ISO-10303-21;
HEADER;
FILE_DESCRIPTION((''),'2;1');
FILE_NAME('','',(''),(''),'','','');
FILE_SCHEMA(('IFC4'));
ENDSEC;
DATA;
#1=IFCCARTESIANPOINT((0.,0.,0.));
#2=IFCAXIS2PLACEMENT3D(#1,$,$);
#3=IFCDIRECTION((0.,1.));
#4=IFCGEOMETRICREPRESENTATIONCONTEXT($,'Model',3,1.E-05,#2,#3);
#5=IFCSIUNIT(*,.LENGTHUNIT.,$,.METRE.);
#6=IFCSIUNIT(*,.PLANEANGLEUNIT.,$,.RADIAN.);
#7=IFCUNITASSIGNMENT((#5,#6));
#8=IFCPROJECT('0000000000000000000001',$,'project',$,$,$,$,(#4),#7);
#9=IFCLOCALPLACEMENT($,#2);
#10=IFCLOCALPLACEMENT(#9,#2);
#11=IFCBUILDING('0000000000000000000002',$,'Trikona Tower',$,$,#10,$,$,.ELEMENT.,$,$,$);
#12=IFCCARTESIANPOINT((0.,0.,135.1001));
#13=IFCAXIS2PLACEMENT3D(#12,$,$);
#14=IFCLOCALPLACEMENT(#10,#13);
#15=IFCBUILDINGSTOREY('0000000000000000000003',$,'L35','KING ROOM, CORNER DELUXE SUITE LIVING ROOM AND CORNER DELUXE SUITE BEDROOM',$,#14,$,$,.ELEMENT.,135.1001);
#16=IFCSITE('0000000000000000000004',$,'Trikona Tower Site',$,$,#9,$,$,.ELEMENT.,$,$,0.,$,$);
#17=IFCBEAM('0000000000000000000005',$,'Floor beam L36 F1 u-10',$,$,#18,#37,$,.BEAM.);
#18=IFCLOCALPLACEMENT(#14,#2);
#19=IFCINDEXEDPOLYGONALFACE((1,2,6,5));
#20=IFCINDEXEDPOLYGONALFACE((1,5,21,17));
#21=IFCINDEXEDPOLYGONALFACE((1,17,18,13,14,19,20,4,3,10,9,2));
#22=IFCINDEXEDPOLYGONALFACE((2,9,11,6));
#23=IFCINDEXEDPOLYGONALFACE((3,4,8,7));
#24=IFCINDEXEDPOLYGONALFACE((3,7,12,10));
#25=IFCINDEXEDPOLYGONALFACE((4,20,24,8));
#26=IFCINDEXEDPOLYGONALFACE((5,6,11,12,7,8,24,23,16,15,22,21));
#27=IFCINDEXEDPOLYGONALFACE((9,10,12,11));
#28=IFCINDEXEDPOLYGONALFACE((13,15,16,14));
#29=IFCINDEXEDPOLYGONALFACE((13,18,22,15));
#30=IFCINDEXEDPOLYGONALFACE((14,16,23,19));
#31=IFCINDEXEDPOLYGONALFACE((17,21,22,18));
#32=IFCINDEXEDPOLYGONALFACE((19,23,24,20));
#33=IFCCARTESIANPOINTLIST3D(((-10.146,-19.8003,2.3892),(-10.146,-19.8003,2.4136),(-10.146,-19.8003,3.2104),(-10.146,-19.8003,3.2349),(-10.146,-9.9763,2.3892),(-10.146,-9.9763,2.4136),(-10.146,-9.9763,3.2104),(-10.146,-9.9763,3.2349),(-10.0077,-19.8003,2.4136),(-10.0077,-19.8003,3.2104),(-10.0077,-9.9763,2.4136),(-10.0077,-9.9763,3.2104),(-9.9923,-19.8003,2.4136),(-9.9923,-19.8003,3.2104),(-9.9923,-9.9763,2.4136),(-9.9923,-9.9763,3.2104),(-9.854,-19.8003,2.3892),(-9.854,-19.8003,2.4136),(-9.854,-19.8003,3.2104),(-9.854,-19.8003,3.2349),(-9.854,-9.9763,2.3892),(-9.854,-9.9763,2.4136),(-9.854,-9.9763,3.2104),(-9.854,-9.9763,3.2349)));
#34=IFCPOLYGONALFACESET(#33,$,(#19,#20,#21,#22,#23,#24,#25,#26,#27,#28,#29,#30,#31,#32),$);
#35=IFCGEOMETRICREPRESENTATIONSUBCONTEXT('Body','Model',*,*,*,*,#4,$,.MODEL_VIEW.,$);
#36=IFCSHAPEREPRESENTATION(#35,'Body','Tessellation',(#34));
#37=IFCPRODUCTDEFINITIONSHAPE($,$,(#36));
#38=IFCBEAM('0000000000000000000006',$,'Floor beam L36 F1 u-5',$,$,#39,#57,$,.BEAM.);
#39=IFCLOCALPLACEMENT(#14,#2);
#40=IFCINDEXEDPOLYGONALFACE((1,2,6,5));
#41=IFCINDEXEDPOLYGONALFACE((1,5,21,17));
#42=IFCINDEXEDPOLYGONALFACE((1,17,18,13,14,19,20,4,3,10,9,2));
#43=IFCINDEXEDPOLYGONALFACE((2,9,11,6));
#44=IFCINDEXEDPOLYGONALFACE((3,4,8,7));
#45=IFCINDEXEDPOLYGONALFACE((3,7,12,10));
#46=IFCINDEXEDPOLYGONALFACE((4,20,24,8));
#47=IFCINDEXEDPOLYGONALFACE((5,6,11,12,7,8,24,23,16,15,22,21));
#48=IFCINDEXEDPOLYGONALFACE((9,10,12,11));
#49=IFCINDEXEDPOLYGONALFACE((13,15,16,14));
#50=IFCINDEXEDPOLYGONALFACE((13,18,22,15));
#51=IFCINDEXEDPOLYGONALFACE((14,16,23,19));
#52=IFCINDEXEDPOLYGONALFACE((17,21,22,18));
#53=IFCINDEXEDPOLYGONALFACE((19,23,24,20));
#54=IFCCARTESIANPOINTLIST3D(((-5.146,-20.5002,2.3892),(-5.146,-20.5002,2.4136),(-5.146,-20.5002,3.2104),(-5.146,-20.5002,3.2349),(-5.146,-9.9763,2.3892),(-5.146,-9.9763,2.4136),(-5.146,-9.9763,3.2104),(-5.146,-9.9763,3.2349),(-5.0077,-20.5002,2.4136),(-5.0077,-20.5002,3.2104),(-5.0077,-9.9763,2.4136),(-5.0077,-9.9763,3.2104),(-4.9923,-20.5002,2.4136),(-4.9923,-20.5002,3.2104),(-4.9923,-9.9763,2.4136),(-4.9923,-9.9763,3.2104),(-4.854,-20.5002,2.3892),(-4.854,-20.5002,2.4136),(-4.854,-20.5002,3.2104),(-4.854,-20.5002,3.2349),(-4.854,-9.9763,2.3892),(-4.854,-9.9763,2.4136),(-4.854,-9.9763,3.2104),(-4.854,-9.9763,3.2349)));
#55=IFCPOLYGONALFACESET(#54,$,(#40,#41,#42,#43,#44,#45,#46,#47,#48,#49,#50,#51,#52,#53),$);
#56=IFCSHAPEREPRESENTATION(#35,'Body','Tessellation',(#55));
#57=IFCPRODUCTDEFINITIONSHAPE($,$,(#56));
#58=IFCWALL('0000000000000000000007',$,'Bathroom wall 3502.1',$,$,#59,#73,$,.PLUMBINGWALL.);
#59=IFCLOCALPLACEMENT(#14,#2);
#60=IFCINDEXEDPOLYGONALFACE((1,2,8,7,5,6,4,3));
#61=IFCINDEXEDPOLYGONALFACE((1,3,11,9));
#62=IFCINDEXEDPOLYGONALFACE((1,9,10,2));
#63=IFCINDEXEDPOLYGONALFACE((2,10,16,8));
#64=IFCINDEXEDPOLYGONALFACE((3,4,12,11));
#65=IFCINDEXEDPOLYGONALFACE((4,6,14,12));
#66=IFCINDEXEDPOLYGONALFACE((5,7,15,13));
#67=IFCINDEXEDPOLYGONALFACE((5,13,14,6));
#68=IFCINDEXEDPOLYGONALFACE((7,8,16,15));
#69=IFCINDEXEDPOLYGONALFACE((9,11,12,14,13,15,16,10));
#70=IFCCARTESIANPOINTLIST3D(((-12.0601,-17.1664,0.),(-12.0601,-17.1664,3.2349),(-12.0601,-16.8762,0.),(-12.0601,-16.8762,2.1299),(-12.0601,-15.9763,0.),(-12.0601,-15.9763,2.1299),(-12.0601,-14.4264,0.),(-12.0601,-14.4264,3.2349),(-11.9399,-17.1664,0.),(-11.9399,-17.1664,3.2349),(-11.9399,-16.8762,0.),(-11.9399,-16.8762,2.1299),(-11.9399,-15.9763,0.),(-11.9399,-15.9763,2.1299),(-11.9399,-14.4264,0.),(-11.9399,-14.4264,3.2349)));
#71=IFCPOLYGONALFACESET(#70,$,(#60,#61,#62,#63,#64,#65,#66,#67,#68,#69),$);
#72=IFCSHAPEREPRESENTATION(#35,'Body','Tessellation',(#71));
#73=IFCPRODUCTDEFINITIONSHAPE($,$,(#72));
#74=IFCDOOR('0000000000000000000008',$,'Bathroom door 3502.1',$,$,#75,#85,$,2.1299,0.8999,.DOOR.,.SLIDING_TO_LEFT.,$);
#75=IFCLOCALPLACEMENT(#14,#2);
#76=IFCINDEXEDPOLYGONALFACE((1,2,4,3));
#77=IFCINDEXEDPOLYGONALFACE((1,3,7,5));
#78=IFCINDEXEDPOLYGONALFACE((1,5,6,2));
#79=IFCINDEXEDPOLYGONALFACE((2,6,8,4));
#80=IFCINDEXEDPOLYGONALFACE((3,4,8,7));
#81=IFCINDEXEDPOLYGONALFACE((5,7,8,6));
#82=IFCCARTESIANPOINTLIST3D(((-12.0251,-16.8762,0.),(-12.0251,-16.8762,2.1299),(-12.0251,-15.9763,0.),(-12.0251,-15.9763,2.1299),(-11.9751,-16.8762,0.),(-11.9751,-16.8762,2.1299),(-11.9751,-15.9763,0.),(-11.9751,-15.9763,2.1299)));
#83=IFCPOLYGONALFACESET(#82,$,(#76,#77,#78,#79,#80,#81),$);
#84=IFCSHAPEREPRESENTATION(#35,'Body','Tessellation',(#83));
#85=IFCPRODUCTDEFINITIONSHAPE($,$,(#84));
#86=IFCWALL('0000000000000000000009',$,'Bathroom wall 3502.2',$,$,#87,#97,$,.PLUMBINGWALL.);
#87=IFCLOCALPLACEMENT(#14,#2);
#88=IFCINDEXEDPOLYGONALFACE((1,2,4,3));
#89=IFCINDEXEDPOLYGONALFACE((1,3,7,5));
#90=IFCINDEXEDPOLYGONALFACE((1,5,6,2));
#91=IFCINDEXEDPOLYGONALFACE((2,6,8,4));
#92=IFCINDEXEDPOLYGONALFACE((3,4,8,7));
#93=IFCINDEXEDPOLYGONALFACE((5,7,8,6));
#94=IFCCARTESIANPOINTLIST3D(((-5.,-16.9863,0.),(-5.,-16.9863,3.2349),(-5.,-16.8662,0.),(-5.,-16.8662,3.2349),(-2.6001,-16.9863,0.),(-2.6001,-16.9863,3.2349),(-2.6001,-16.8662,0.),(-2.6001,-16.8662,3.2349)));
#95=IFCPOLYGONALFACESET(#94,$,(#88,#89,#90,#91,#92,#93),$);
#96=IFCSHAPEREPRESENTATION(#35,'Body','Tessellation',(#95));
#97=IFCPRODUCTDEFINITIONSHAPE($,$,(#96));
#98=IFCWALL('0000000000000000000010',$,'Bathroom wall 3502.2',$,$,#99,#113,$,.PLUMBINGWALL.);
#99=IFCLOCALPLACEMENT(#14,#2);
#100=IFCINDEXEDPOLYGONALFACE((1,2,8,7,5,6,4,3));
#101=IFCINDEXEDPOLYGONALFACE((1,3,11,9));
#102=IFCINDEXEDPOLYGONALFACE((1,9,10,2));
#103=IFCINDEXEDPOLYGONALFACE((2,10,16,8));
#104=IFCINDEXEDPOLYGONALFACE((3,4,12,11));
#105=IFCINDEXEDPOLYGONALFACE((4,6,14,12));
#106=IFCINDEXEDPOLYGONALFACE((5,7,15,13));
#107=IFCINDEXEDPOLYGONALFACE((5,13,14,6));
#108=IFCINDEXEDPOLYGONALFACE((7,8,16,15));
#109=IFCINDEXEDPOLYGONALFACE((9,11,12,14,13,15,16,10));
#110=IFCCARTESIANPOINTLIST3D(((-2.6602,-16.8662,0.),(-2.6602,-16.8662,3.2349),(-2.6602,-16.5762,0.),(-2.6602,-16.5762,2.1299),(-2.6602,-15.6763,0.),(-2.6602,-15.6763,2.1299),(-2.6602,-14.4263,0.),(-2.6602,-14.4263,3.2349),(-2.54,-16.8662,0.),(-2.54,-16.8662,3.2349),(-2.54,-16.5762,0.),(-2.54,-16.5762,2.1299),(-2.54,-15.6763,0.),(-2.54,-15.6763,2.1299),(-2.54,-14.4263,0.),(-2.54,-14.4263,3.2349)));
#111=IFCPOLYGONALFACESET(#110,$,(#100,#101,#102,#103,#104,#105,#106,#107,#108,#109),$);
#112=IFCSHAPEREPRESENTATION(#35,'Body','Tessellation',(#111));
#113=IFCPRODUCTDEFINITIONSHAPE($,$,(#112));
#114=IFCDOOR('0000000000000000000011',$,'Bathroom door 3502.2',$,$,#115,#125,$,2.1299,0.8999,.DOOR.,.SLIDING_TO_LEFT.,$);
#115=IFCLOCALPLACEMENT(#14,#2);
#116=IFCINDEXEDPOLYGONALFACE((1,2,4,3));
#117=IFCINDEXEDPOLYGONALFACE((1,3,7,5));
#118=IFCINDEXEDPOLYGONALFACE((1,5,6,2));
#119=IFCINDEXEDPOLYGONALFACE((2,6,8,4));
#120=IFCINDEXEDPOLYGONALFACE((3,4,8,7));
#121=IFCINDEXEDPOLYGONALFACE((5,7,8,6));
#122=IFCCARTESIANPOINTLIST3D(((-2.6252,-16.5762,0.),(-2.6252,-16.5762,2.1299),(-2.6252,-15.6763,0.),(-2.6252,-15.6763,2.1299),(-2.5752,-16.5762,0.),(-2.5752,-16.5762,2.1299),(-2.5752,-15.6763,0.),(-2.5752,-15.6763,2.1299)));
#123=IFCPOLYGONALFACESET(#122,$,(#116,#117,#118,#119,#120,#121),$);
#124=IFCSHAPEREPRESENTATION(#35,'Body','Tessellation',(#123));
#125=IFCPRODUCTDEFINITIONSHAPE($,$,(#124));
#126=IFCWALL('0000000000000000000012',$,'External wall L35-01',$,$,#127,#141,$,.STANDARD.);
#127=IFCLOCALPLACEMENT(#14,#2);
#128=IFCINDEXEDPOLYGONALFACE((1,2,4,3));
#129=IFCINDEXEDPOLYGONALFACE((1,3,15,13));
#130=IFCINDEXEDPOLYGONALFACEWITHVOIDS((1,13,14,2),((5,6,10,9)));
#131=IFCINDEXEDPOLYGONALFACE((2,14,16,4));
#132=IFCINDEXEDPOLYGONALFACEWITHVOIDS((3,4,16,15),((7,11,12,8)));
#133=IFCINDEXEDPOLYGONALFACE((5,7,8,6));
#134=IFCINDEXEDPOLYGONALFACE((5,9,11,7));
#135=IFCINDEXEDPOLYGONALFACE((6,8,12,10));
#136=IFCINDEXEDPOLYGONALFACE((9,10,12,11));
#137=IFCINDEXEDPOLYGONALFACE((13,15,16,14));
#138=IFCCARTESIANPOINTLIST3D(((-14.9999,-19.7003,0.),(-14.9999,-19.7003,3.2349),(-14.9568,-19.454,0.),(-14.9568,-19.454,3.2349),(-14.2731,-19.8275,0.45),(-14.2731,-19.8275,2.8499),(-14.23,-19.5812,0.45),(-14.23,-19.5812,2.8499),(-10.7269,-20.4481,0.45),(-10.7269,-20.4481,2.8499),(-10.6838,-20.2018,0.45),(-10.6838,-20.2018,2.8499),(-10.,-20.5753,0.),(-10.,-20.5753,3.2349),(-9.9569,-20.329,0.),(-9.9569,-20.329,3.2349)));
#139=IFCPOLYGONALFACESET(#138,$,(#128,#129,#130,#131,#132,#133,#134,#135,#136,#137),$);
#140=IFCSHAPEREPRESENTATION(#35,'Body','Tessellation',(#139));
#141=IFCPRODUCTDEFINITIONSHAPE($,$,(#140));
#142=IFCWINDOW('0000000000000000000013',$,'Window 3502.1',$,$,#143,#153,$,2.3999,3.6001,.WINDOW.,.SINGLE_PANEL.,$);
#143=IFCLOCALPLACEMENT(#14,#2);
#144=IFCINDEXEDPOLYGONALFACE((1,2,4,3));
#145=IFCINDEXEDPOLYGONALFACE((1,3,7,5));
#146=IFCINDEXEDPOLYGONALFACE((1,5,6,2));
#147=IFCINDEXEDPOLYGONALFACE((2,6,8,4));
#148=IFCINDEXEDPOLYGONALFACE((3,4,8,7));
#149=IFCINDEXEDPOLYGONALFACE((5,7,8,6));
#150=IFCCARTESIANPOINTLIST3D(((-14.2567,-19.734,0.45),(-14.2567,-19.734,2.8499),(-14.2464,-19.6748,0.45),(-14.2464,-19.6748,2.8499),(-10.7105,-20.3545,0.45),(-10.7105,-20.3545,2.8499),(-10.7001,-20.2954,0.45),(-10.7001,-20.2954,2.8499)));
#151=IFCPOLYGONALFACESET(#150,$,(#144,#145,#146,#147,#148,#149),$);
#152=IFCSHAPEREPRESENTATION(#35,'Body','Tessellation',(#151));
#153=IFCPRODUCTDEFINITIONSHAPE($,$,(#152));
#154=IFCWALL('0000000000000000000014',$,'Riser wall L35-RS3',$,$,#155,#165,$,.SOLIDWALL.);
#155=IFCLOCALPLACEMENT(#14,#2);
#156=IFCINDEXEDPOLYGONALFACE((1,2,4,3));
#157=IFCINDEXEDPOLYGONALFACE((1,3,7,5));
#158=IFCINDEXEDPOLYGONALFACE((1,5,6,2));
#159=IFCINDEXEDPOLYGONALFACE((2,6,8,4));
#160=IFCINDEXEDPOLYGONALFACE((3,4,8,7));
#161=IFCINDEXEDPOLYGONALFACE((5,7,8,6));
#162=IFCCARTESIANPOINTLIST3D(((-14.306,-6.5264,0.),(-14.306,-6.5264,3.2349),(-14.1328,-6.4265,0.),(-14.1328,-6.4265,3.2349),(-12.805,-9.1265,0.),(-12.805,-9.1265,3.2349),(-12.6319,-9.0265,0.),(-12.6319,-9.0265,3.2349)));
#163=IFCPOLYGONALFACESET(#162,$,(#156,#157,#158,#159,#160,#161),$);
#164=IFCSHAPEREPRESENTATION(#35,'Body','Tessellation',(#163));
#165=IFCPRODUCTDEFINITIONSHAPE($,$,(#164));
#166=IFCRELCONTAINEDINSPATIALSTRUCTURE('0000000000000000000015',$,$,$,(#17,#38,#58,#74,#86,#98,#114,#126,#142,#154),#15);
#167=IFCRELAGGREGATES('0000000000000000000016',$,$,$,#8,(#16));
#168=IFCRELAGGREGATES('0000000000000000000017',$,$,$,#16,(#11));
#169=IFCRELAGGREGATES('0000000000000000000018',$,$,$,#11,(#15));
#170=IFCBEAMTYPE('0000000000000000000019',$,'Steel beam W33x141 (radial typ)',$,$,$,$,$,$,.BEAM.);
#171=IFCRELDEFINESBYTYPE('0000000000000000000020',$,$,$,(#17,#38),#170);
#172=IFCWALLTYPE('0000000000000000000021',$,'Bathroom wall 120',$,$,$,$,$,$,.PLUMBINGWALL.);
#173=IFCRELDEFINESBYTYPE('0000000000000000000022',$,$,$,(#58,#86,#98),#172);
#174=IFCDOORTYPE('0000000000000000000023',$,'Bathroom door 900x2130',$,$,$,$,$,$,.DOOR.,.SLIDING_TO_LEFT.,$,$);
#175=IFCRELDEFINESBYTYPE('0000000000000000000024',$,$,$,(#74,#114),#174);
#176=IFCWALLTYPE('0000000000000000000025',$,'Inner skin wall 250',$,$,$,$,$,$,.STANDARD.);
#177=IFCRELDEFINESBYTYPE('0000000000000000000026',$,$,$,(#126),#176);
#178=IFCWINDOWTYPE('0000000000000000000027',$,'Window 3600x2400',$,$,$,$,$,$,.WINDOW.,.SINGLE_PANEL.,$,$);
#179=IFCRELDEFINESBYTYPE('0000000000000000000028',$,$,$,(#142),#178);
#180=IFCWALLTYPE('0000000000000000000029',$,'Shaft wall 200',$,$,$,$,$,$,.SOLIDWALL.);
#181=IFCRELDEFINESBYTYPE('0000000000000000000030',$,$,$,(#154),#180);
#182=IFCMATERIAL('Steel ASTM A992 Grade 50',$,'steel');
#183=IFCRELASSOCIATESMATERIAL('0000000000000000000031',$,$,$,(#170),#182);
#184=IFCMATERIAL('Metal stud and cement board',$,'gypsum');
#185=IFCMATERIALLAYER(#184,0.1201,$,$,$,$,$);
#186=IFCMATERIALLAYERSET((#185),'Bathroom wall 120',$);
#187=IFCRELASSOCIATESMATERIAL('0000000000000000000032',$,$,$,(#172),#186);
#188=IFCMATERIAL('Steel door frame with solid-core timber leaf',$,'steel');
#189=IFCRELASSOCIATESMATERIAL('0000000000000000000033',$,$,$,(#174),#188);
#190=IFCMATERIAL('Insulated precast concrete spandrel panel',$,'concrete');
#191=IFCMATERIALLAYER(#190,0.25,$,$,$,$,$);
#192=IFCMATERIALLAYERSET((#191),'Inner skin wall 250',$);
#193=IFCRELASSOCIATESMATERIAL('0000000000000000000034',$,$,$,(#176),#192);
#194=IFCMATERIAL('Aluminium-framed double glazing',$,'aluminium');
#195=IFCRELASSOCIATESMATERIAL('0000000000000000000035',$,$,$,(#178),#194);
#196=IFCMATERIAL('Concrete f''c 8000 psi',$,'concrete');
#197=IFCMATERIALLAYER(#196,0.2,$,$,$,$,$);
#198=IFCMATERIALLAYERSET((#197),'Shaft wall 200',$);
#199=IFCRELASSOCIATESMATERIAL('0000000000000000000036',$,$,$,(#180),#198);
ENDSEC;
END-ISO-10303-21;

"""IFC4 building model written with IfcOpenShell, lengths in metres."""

from ifc_helpers import new_model, si_unit, direction, frame, frame_2d, origin, origin_2d, place, context, subcontext, project, spatial, rectangle, i_section, extrude, material, layer, layer_set, material_profile, profile_set, type_object, element, fill, save


model = new_model("IFC4")

# Units and contexts
model_context = context("Model", 3, precision=1e-05, world=origin(), true_north=direction((0.0, 1.0)))
body_context = subcontext(model_context, "Body", "Model", "MODEL_VIEW")
ifc_project = project(units=[si_unit("LENGTHUNIT", "METRE"), si_unit("PLANEANGLEUNIT", "RADIAN")], contexts=[model_context])

# Site, building, storey
site_placement = place(None, origin())
site = spatial("IfcSite", under=ifc_project, at=site_placement, Name="Trikona Tower Site", CompositionType="ELEMENT", RefElevation=0.0)
building_placement = place(site_placement, origin())
building = spatial("IfcBuilding", under=site, at=building_placement, Name="Trikona Tower", CompositionType="ELEMENT")
storey_placement = place(building_placement, frame((0.0, 0.0, 135.1001)))
storey = spatial("IfcBuildingStorey", under=building, at=storey_placement, Name="L35", Description="KING ROOM, CORNER DELUXE SUITE LIVING ROOM AND CORNER DELUXE SUITE BEDROOM", CompositionType="ELEMENT", Elevation=135.1001)

# Beams
ifc_material_1 = material(Name="Steel ASTM A992 Grade 50", Category="steel")
ifc_material_profile = material_profile(ifc_material_1, i_section(OverallWidth=0.292, OverallDepth=0.8457, WebThickness=0.0154, FlangeThickness=0.0244, at=origin_2d()), Name="W33X141")
ifc_profile_set = profile_set([ifc_material_profile], Name="Steel ASTM A992 Grade 50")
beam_type = type_object("IfcBeamType", Name="Steel beam W33x141 (radial typ)", PredefinedType="BEAM", material=ifc_profile_set)
beam_1_placement = place(storey_placement, frame((-10.0, -9.9763, 2.812), z_axis=(0.0, -1.0, 0.0), x_axis=(1.0, 0.0, 0.0)))
element("IfcBeam", 1, at=beam_1_placement, inside=storey, type_object=beam_type, Name="Floor beam L36 F1 u-10", PredefinedType="BEAM", context=body_context, shape_type="SweptSolid", body=[
    extrude(i_section(OverallWidth=0.292, OverallDepth=0.8457, WebThickness=0.0154, FlangeThickness=0.0244, at=origin_2d()), origin(), (0.0, 0.0, 1.0), 9.824),
])
beam_2_placement = place(storey_placement, frame((-5.0, -9.9763, 2.812), z_axis=(0.0, -1.0, 0.0), x_axis=(1.0, 0.0, 0.0)))
element("IfcBeam", 2, at=beam_2_placement, inside=storey, type_object=beam_type, Name="Floor beam L36 F1 u-5", PredefinedType="BEAM", context=body_context, shape_type="SweptSolid", body=[
    extrude(i_section(OverallWidth=0.292, OverallDepth=0.8457, WebThickness=0.0154, FlangeThickness=0.0244, at=origin_2d()), origin(), (0.0, 0.0, 1.0), 10.5239),
])

# Wall, opening, door
ifc_material_2 = material(Name="Metal stud and cement board", Category="gypsum")
ifc_layer_1 = layer(ifc_material_2, 0.1201)
ifc_layer_set_1 = layer_set([ifc_layer_1], Name="Bathroom wall 120")
wall_type_1 = type_object("IfcWallType", Name="Bathroom wall 120", PredefinedType="PLUMBINGWALL", material=ifc_layer_set_1)
wall_1_placement = place(storey_placement, frame((-12.0, -14.4263, 0.0), z_axis=(0.0, 0.0, 1.0), x_axis=(0.0, -1.0, 0.0)))
wall_1 = element("IfcWall", 3, at=wall_1_placement, inside=storey, type_object=wall_type_1, Name="Bathroom wall 3502.1", PredefinedType="PLUMBINGWALL", context=body_context, shape_type="SweptSolid", body=[
    extrude(rectangle(XDim=2.74, YDim=0.1201, at=frame_2d((1.3701, 0.0))), origin(), (0.0, 0.0, 1.0), 3.2349),
])
opening_1_placement = place(wall_1_placement, frame((1.55, 0.0, 0.0)))
opening_1 = element("IfcOpeningElement", 4, at=opening_1_placement, cuts=wall_1, PredefinedType="OPENING", context=body_context, shape_type="SweptSolid", body=[
    extrude(rectangle(XDim=0.8999, YDim=2.1299, at=frame_2d((0.45, 1.0649))), frame((0.0, 0.0701, 0.0), z_axis=(0.0, -1.0, 0.0), x_axis=(1.0, 0.0, 0.0)), (0.0, 0.0, 1.0), 0.1401),
])
ifc_material_3 = material(Name="Steel door frame with solid-core timber leaf", Category="steel")
door_type_1 = type_object("IfcDoorType", Name="Bathroom door 900x2130", OperationType="SLIDING_TO_LEFT", PredefinedType="DOOR", material=ifc_material_3)
door_1_placement = place(opening_1_placement, origin())
door_1 = element("IfcDoor", 5, at=door_1_placement, inside=storey, type_object=door_type_1, Name="Bathroom door 3502.1", OperationType="SLIDING_TO_LEFT", OverallHeight=2.1299, OverallWidth=0.8999, PredefinedType="DOOR", context=body_context, shape_type="SweptSolid", body=[
    extrude(rectangle(XDim=0.8999, YDim=2.1299, at=frame_2d((0.45, 1.0649))), frame((0.0, 0.0249, 0.0), z_axis=(0.0, -1.0, 0.0), x_axis=(1.0, 0.0, 0.0)), (0.0, 0.0, 1.0), 0.05),
])
fill(opening_1, door_1)

# Wall
wall_2_placement = place(storey_placement, frame((-5.0, -16.9263, 0.0), z_axis=(0.0, 0.0, 1.0), x_axis=(1.0, 0.0, 0.0)))
element("IfcWall", 6, at=wall_2_placement, inside=storey, type_object=wall_type_1, Name="Bathroom wall 3502.2", PredefinedType="PLUMBINGWALL", context=body_context, shape_type="SweptSolid", body=[
    extrude(rectangle(XDim=2.3999, YDim=0.1201, at=frame_2d((1.2, 0.0))), origin(), (0.0, 0.0, 1.0), 3.2349),
])

# Wall, opening, door
wall_3_placement = place(storey_placement, frame((-2.6001, -14.4263, 0.0), z_axis=(0.0, 0.0, 1.0), x_axis=(0.0, -1.0, 0.0)))
wall_3 = element("IfcWall", 7, at=wall_3_placement, inside=storey, type_object=wall_type_1, Name="Bathroom wall 3502.2", PredefinedType="PLUMBINGWALL", context=body_context, shape_type="SweptSolid", body=[
    extrude(rectangle(XDim=2.4399, YDim=0.1201, at=frame_2d((1.22, 0.0))), origin(), (0.0, 0.0, 1.0), 3.2349),
])
opening_2_placement = place(wall_3_placement, frame((1.25, 0.0, 0.0)))
opening_2 = element("IfcOpeningElement", 8, at=opening_2_placement, cuts=wall_3, PredefinedType="OPENING", context=body_context, shape_type="SweptSolid", body=[
    extrude(rectangle(XDim=0.8999, YDim=2.1299, at=frame_2d((0.45, 1.0649))), frame((0.0, 0.0701, 0.0), z_axis=(0.0, -1.0, 0.0), x_axis=(1.0, 0.0, 0.0)), (0.0, 0.0, 1.0), 0.1401),
])
door_2_placement = place(opening_2_placement, origin())
door_2 = element("IfcDoor", 9, at=door_2_placement, inside=storey, type_object=door_type_1, Name="Bathroom door 3502.2", OperationType="SLIDING_TO_LEFT", OverallHeight=2.1299, OverallWidth=0.8999, PredefinedType="DOOR", context=body_context, shape_type="SweptSolid", body=[
    extrude(rectangle(XDim=0.8999, YDim=2.1299, at=frame_2d((0.45, 1.0649))), frame((0.0, 0.0249, 0.0), z_axis=(0.0, -1.0, 0.0), x_axis=(1.0, 0.0, 0.0)), (0.0, 0.0, 1.0), 0.05),
])
fill(opening_2, door_2)

# Wall, opening, window
ifc_material_4 = material(Name="Insulated precast concrete spandrel panel", Category="concrete")
ifc_layer_2 = layer(ifc_material_4, 0.25)
ifc_layer_set_2 = layer_set([ifc_layer_2], Name="Inner skin wall 250")
wall_type_2 = type_object("IfcWallType", Name="Inner skin wall 250", PredefinedType="STANDARD", material=ifc_layer_set_2)
wall_4_placement = place(storey_placement, frame((-14.9785, -19.5771, 0.0), z_axis=(0.0, 0.0, 1.0), x_axis=(0.98503, -0.17238, 0.0)))
wall_4 = element("IfcWall", 10, at=wall_4_placement, inside=storey, type_object=wall_type_2, Name="External wall L35-01", PredefinedType="STANDARD", context=body_context, shape_type="SweptSolid", body=[
    extrude(rectangle(XDim=5.0759, YDim=0.25, at=frame_2d((2.5381, 0.0))), origin(), (0.0, 0.0, 1.0), 3.2349),
])
opening_3_placement = place(wall_4_placement, frame((0.738, 0.0, 0.45)))
opening_3 = element("IfcOpeningElement", 11, at=opening_3_placement, cuts=wall_4, PredefinedType="OPENING", context=body_context, shape_type="SweptSolid", body=[
    extrude(rectangle(XDim=3.6001, YDim=2.3999, at=frame_2d((1.8, 1.2))), frame((0.0, 0.135, 0.0), z_axis=(0.0, -1.0, 0.0), x_axis=(1.0, 0.0, 0.0)), (0.0, 0.0, 1.0), 0.27),
])
ifc_material_5 = material(Name="Aluminium-framed double glazing", Category="aluminium")
window_type = type_object("IfcWindowType", Name="Window 3600x2400", PartitioningType="SINGLE_PANEL", PredefinedType="WINDOW", material=ifc_material_5)
window_placement = place(opening_3_placement, origin())
window = element("IfcWindow", 12, at=window_placement, inside=storey, type_object=window_type, Name="Window 3502.1", OverallHeight=2.3999, OverallWidth=3.6001, PartitioningType="SINGLE_PANEL", PredefinedType="WINDOW", context=body_context, shape_type="SweptSolid", body=[
    extrude(rectangle(XDim=3.6001, YDim=2.3999, at=frame_2d((1.8, 1.2))), frame((0.0, 0.03, 0.0), z_axis=(0.0, -1.0, 0.0), x_axis=(1.0, 0.0, 0.0)), (0.0, 0.0, 1.0), 0.0601),
])
fill(opening_3, window)

# Wall
ifc_material_6 = material(Name="Concrete f'c 8000 psi", Category="concrete")
ifc_layer_3 = layer(ifc_material_6, 0.2)
ifc_layer_set_3 = layer_set([ifc_layer_3], Name="Shaft wall 200")
wall_type_3 = type_object("IfcWallType", Name="Shaft wall 200", PredefinedType="SOLIDWALL", material=ifc_layer_set_3)
wall_5_placement = place(storey_placement, frame((-12.7185, -9.0764, 0.0), z_axis=(0.0, 0.0, 1.0), x_axis=(-0.499952, 0.866053, 0.0)))
element("IfcWall", 13, at=wall_5_placement, inside=storey, type_object=wall_type_3, Name="Riser wall L35-RS3", PredefinedType="SOLIDWALL", context=body_context, shape_type="SweptSolid", body=[
    extrude(rectangle(XDim=3.0022, YDim=0.2, at=frame_2d((1.501, 0.0))), origin(), (0.0, 0.0, 1.0), 3.2349),
])

save(model, "model.ifc")
